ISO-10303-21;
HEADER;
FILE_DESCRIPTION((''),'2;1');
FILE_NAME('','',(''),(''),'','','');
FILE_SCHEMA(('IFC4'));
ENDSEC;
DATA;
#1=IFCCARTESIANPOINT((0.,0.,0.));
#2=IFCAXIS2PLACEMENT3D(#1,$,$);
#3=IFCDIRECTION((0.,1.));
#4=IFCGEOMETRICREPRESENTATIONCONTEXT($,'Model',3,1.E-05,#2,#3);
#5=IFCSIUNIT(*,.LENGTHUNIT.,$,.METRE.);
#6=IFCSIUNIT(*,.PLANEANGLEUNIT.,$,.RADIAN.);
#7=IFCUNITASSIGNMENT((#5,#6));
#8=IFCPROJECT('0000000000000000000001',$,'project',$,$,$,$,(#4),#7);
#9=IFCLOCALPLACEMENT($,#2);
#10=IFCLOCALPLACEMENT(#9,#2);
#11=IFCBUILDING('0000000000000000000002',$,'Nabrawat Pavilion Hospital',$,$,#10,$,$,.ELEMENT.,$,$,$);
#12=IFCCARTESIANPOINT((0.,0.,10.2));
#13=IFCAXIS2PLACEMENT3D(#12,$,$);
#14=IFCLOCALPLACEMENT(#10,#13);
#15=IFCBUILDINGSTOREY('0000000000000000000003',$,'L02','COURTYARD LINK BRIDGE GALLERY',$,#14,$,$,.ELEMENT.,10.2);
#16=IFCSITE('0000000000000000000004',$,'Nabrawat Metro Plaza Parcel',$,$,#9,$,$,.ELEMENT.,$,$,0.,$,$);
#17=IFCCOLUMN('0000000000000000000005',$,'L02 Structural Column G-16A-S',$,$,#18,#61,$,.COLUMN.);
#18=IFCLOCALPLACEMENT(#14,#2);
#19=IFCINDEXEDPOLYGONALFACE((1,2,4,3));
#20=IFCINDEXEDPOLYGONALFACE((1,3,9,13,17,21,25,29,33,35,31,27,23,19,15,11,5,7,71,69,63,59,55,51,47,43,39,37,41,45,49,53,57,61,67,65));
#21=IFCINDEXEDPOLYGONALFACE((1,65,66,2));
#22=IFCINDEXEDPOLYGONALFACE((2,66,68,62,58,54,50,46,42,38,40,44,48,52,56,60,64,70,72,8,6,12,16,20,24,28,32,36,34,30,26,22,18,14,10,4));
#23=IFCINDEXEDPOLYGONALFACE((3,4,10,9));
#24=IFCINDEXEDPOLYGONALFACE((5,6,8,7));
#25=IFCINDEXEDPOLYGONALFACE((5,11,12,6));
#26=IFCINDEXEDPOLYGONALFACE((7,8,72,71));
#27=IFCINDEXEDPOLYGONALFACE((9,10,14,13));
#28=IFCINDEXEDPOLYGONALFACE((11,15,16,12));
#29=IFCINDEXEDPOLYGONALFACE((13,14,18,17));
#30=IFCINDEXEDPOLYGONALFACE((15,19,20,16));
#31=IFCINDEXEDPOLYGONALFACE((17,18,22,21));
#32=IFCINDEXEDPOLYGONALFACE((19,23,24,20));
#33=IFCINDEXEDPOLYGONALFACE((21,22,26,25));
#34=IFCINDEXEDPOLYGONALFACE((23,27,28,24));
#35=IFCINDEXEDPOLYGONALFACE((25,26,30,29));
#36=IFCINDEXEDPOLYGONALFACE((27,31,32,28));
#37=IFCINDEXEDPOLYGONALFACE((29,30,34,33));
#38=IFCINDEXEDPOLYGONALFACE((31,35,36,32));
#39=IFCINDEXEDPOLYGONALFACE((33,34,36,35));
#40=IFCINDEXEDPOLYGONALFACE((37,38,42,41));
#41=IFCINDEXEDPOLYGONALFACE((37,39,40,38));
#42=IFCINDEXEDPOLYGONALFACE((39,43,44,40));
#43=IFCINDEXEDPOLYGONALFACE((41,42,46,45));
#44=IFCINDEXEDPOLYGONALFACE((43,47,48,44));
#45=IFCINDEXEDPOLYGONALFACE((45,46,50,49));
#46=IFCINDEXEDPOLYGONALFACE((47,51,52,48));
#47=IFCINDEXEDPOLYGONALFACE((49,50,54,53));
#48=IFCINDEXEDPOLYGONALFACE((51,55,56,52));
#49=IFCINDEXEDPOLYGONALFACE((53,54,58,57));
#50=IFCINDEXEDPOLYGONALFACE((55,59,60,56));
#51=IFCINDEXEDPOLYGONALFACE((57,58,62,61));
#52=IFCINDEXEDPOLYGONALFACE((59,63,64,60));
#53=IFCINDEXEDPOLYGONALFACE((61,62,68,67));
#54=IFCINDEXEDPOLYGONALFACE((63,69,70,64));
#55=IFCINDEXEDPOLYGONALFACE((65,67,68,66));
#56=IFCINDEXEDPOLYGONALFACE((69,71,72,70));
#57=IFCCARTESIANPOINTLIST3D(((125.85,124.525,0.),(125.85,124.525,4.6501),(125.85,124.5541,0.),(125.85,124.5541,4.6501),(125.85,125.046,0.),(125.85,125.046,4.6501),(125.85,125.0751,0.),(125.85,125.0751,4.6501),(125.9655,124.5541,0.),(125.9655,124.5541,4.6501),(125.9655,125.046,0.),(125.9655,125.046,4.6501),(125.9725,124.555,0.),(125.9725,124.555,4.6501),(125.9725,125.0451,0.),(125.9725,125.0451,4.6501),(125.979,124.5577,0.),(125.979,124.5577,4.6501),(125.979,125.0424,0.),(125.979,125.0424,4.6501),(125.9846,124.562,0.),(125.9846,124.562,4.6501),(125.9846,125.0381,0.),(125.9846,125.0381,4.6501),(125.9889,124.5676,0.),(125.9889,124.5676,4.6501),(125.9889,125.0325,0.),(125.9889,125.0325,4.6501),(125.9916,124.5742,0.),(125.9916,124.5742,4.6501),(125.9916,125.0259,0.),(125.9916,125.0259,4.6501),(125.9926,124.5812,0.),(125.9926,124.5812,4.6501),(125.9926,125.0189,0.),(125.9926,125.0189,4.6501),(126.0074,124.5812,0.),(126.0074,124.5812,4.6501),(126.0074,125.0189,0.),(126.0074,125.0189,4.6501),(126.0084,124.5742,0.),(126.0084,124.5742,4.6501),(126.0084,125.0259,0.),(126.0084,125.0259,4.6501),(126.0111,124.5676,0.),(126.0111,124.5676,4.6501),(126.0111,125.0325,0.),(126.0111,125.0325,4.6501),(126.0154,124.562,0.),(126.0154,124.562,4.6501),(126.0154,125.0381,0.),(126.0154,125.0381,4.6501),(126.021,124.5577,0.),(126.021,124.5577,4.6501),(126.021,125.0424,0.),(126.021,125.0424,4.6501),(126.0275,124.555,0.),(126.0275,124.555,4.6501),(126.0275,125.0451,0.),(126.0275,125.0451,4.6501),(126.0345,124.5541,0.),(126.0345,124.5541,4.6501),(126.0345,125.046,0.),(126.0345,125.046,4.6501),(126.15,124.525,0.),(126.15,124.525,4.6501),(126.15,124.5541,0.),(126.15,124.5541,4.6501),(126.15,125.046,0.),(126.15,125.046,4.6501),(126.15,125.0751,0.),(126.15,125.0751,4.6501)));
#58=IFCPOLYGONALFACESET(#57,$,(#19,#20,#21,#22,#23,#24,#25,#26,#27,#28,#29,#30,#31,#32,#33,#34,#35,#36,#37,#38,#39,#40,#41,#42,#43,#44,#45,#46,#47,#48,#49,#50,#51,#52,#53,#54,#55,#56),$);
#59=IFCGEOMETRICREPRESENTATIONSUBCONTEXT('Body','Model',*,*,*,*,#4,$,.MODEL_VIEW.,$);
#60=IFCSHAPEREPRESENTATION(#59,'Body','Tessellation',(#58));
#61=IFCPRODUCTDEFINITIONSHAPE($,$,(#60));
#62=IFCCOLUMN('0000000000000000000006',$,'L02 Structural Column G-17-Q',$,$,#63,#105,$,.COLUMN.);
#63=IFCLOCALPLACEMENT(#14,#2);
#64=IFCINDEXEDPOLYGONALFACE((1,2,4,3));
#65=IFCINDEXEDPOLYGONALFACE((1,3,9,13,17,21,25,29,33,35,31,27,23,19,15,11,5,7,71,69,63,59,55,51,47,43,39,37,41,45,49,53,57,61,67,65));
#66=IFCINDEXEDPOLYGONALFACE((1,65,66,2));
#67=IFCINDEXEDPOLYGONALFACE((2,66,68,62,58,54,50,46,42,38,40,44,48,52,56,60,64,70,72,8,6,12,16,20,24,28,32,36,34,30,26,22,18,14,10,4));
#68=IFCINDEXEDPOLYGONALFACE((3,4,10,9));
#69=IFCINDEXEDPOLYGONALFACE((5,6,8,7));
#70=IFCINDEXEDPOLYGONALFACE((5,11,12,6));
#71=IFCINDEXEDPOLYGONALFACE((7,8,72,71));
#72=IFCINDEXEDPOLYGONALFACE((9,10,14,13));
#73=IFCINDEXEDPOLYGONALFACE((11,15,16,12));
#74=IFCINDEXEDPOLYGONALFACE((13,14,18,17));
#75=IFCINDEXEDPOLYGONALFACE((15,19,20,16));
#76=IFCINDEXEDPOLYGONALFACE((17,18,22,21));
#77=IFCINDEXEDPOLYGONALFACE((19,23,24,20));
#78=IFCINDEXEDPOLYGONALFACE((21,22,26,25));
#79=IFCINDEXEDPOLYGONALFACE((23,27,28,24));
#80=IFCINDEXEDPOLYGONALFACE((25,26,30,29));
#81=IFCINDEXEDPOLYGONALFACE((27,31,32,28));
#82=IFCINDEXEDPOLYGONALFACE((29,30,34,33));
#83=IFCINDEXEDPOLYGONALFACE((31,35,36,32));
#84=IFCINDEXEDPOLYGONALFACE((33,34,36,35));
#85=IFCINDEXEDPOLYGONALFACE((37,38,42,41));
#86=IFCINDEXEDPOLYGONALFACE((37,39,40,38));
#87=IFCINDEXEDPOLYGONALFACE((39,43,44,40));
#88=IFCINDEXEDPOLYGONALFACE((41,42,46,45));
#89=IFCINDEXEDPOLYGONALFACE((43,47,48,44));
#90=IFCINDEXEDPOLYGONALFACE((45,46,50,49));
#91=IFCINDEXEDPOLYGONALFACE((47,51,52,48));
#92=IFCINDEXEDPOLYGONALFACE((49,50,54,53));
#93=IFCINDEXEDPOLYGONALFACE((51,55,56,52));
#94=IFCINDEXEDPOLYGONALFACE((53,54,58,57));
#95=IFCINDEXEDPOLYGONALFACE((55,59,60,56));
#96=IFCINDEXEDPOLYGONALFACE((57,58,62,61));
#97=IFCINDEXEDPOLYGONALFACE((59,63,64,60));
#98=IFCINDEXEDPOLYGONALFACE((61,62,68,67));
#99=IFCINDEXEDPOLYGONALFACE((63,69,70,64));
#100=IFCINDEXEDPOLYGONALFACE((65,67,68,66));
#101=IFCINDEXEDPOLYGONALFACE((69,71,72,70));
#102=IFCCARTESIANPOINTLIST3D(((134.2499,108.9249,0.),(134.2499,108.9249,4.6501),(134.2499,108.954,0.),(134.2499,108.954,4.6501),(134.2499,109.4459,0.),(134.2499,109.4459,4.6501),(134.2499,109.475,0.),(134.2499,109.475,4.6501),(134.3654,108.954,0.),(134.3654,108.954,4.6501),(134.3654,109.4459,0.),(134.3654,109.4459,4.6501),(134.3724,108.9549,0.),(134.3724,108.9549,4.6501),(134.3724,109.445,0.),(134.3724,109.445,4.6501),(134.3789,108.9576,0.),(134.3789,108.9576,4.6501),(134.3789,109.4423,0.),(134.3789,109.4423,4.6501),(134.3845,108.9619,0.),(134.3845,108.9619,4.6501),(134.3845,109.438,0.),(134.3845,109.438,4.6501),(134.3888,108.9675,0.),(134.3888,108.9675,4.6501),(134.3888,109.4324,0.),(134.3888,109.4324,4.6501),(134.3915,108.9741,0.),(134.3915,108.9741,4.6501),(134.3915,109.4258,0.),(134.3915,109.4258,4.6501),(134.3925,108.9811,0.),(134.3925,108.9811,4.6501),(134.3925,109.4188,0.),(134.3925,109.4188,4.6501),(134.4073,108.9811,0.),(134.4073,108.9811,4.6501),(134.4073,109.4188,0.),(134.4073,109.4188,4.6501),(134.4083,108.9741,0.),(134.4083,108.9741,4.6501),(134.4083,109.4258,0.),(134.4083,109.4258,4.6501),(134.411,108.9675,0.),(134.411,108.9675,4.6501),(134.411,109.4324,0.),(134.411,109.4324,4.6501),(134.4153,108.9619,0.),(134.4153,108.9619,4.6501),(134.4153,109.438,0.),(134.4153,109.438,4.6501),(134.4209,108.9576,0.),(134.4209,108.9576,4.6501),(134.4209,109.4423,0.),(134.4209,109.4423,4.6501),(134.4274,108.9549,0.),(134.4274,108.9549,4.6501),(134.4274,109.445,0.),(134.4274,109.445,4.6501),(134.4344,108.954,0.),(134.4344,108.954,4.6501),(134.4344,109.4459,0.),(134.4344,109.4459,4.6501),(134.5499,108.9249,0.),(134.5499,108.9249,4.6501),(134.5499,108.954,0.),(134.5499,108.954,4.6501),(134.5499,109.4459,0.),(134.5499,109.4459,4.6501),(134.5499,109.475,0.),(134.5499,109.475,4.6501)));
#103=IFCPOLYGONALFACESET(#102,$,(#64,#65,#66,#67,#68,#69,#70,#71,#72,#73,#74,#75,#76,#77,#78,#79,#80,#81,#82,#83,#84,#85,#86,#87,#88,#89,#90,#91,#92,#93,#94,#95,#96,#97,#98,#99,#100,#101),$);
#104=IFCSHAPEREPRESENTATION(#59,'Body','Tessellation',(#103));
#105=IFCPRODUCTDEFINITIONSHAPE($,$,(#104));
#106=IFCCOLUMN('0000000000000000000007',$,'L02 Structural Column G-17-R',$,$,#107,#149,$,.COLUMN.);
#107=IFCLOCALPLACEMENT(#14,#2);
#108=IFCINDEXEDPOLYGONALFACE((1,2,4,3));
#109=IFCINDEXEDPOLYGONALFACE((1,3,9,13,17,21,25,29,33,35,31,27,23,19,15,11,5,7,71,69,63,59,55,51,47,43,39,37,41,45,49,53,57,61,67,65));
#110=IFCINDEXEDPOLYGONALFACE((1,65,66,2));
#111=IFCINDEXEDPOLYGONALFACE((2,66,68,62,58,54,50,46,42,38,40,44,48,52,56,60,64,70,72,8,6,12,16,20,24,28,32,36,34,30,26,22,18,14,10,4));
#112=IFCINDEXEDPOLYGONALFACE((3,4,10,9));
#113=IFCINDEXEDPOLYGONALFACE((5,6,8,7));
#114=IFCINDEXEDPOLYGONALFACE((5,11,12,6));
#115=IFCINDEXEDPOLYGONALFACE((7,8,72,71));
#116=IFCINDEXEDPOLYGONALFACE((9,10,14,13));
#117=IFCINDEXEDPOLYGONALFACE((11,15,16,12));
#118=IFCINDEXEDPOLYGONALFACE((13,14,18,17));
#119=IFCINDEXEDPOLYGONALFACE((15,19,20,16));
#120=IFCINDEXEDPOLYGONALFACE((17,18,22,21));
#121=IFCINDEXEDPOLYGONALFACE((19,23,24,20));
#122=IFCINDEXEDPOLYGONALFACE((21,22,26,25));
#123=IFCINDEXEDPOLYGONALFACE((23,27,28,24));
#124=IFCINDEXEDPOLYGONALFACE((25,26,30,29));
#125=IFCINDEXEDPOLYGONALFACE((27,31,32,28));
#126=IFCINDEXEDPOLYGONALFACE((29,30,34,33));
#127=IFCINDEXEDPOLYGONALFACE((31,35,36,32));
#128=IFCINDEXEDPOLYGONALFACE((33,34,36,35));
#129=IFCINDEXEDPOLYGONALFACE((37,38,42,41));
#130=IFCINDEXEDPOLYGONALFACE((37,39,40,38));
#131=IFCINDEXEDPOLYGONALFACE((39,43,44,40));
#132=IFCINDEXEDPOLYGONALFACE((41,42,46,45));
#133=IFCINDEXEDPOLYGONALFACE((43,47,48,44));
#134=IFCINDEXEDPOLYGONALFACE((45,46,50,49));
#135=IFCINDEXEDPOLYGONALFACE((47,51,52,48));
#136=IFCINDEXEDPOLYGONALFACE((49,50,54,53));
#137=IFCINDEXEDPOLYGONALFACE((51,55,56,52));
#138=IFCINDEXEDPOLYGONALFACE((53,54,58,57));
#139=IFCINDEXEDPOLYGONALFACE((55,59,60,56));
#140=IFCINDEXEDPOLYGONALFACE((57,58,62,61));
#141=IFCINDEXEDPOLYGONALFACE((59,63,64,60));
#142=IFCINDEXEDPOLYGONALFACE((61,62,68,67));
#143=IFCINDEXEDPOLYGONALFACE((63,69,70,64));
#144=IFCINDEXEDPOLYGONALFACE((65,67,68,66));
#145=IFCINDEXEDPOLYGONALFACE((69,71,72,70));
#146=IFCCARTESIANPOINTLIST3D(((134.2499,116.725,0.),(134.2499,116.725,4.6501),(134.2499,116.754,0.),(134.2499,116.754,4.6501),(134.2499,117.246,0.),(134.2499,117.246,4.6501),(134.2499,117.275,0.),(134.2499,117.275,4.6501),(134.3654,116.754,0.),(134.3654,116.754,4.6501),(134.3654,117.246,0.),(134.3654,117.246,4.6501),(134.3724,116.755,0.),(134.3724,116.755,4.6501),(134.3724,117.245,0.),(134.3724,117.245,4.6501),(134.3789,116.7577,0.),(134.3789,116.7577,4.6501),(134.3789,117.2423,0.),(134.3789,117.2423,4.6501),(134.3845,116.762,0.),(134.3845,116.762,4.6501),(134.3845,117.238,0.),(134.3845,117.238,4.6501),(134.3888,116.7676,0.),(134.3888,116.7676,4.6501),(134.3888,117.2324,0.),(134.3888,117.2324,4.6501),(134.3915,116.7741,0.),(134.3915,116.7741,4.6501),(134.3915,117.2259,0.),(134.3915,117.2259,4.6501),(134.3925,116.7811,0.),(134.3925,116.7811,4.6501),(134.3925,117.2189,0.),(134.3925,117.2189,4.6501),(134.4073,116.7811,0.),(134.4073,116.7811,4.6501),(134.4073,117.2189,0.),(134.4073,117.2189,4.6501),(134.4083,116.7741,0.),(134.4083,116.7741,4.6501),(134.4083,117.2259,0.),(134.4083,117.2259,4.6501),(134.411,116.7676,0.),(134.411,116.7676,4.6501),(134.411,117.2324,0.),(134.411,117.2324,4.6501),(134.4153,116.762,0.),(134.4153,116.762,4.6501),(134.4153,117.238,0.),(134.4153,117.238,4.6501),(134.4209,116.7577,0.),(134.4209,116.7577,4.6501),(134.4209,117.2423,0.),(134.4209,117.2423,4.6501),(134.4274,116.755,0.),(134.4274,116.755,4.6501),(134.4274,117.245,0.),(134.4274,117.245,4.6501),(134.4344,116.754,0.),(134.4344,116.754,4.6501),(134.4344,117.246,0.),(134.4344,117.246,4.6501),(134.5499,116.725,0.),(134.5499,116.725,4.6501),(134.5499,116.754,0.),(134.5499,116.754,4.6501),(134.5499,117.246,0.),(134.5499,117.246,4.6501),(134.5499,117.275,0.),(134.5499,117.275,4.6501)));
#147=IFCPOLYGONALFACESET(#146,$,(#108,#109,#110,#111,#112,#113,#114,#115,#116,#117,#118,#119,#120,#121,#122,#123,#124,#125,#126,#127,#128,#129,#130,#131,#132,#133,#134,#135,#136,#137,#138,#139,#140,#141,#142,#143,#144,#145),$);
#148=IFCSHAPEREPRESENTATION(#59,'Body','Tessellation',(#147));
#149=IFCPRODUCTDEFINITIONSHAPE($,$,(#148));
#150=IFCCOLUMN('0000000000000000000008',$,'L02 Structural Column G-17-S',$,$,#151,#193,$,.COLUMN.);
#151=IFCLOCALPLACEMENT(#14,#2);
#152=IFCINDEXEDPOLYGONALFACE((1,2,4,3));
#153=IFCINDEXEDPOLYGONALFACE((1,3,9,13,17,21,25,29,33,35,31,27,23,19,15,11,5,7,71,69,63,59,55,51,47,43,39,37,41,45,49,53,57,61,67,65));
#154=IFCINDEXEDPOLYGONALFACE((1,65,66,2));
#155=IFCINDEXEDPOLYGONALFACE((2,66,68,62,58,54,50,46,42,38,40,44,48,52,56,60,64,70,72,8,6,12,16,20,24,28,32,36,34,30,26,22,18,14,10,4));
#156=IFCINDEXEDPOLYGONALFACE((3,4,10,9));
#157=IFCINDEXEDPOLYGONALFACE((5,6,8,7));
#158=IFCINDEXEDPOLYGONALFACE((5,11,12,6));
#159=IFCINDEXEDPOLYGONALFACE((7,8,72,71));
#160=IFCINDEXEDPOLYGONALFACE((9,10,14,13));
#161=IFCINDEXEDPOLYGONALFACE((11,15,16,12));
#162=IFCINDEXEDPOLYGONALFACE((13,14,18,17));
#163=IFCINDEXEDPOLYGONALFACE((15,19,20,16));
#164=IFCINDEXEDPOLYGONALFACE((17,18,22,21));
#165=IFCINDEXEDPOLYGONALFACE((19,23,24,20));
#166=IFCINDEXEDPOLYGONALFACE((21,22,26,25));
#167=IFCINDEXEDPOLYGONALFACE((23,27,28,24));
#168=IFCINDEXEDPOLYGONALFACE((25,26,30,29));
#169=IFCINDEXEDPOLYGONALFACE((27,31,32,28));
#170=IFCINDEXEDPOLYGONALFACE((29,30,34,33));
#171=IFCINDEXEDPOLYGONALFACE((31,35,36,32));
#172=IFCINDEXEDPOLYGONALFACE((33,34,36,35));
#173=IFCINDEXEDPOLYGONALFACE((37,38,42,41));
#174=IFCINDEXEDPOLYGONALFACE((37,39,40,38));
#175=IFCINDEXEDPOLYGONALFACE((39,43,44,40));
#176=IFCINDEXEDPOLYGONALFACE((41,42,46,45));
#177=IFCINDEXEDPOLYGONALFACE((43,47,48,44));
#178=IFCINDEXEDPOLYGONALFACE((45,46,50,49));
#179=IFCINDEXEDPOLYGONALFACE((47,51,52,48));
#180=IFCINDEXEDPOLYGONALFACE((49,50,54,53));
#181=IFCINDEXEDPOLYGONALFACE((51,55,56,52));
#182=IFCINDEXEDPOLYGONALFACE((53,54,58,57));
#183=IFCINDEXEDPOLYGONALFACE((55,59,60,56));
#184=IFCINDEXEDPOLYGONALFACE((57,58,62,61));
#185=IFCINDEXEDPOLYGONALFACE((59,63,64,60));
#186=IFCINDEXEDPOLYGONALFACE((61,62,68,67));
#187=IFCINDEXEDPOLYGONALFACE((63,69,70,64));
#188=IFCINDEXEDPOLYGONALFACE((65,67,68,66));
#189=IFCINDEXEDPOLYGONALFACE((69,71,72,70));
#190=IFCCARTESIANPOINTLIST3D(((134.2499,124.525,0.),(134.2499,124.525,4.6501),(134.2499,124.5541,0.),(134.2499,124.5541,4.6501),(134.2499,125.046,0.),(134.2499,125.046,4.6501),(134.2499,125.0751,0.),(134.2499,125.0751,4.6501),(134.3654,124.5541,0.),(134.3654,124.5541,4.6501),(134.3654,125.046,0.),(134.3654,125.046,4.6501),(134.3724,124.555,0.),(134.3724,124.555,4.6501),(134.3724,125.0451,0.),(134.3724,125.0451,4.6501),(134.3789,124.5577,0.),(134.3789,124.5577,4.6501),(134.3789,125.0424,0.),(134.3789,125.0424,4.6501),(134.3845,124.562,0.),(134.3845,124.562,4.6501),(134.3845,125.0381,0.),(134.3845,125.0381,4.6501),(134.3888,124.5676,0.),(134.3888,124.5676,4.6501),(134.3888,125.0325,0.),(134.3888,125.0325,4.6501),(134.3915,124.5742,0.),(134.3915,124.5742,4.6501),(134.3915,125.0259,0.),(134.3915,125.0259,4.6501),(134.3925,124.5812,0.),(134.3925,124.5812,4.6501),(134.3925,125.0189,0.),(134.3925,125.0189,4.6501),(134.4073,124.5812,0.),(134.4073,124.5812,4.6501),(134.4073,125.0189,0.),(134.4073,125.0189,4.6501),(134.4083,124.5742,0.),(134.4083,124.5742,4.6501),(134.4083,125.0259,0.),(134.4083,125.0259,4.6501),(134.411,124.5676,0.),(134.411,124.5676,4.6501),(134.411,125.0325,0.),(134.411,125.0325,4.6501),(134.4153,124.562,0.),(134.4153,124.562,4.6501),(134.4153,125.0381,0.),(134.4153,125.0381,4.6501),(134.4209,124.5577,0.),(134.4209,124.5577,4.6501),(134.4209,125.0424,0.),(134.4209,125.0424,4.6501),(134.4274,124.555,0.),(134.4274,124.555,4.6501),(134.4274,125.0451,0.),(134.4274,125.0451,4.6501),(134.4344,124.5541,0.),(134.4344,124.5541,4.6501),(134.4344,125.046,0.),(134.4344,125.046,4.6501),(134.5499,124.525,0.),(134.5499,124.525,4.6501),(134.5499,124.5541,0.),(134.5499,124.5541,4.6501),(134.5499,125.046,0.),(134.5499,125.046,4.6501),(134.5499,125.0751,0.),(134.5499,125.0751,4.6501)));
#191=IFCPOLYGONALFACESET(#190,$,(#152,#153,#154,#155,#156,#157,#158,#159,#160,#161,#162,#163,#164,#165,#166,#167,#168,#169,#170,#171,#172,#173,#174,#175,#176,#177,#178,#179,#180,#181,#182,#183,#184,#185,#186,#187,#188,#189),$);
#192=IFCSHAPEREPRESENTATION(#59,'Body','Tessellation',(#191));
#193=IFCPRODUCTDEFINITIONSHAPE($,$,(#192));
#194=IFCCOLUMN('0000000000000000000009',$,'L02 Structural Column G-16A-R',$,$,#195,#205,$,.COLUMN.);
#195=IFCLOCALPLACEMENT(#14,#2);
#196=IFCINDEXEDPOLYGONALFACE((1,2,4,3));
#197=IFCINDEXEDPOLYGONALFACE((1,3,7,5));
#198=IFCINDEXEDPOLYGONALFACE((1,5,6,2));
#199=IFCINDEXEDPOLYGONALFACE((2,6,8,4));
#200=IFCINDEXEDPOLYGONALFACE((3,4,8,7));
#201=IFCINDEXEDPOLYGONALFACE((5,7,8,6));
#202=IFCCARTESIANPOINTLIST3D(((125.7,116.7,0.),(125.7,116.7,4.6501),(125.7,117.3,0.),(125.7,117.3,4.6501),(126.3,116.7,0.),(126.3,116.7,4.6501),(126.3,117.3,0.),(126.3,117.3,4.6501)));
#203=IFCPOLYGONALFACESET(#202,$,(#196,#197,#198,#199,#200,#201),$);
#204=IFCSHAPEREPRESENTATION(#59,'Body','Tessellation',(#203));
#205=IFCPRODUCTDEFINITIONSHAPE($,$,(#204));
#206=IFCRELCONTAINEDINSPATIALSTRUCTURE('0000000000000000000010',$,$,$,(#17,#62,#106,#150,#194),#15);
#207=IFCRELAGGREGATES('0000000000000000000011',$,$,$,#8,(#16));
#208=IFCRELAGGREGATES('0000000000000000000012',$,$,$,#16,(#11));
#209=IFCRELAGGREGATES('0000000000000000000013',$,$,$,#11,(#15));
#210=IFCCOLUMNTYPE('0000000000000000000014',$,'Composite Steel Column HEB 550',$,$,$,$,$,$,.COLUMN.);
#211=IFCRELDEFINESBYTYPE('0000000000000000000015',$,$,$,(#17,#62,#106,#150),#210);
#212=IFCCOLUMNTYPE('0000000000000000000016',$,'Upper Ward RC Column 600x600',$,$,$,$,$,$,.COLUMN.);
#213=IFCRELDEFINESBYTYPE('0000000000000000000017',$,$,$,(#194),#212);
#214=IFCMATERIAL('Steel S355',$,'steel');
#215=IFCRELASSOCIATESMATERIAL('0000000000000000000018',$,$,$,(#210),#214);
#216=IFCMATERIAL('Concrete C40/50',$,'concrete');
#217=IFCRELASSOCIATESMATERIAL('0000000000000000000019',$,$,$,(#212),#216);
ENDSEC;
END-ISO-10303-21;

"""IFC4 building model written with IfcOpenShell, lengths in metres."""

from ifc_helpers import new_model, si_unit, direction, frame, origin, origin_2d, place, context, subcontext, project, spatial, rectangle, i_section, extrude, material, material_profile, profile_set, type_object, element, save


model = new_model("IFC4")

# Units and contexts
model_context = context("Model", 3, precision=1e-05, world=origin(), true_north=direction((0.0, 1.0)))
body_context = subcontext(model_context, "Body", "Model", "MODEL_VIEW")
ifc_project = project(units=[si_unit("LENGTHUNIT", "METRE"), si_unit("PLANEANGLEUNIT", "RADIAN")], contexts=[model_context])

# Site, building, storey
site_placement = place(None, origin())
site = spatial("IfcSite", under=ifc_project, at=site_placement, Name="Nabrawat Metro Plaza Parcel", CompositionType="ELEMENT", RefElevation=0.0)
building_placement = place(site_placement, origin())
building = spatial("IfcBuilding", under=site, at=building_placement, Name="Nabrawat Pavilion Hospital", CompositionType="ELEMENT")
storey_placement = place(building_placement, frame((0.0, 0.0, 10.2)))
storey = spatial("IfcBuildingStorey", under=building, at=storey_placement, Name="L02", Description="COURTYARD LINK BRIDGE GALLERY", CompositionType="ELEMENT", Elevation=10.2)

# Columns
ifc_material_1 = material(Name="Steel S355", Category="steel")
ifc_material_profile_1 = material_profile(ifc_material_1, i_section(OverallWidth=0.3, OverallDepth=0.55, WebThickness=0.0149, FlangeThickness=0.0291, FilletRadius=0.0271, at=origin_2d()), Name="HEB 550")
ifc_profile_set_1 = profile_set([ifc_material_profile_1], Name="Steel S355")
column_type_1 = type_object("IfcColumnType", Name="Composite Steel Column HEB 550", PredefinedType="COLUMN", material=ifc_profile_set_1)
for number, where, z_axis, x_axis, name in (
    (1, (126.0, 124.8, 0.0), (0.0, 0.0, 1.0), (1.0, 0.0, 0.0), "L02 Structural Column G-16A-S"),
    (2, (134.3999, 109.2, 0.0), (0.0, 0.0, 1.0), (1.0, 0.0, 0.0), "L02 Structural Column G-17-Q"),
    (3, (134.3999, 117.0, 0.0), (0.0, 0.0, 1.0), (1.0, 0.0, 0.0), "L02 Structural Column G-17-R"),
    (4, (134.3999, 124.8, 0.0), (0.0, 0.0, 1.0), (1.0, 0.0, 0.0), "L02 Structural Column G-17-S"),
):
    element("IfcColumn", number, at=place(storey_placement, frame(where, z_axis=z_axis, x_axis=x_axis)), inside=storey, type_object=column_type_1, Name=name, PredefinedType="COLUMN", context=body_context, shape_type="SweptSolid", body=[
        extrude(i_section(OverallWidth=0.3, OverallDepth=0.55, WebThickness=0.0149, FlangeThickness=0.0291, FilletRadius=0.0271, at=origin_2d()), origin(), (0.0, 0.0, 1.0), 4.6501),
    ])
ifc_material_2 = material(Name="Concrete C40/50", Category="concrete")
ifc_material_profile_2 = material_profile(ifc_material_2, rectangle(XDim=0.6001, YDim=0.6001, at=origin_2d()), Name="RC 600x600")
ifc_profile_set_2 = profile_set([ifc_material_profile_2], Name="Concrete C40/50")
column_type_2 = type_object("IfcColumnType", Name="Upper Ward RC Column 600x600", PredefinedType="COLUMN", material=ifc_profile_set_2)
column_placement = place(storey_placement, frame((126.0, 117.0, 0.0), z_axis=(0.0, 0.0, 1.0), x_axis=(1.0, 0.0, 0.0)))
element("IfcColumn", 5, at=column_placement, inside=storey, type_object=column_type_2, Name="L02 Structural Column G-16A-R", PredefinedType="COLUMN", context=body_context, shape_type="SweptSolid", body=[
    extrude(rectangle(XDim=0.6001, YDim=0.6001, at=origin_2d()), origin(), (0.0, 0.0, 1.0), 4.6501),
])

save(model, "model.ifc")
